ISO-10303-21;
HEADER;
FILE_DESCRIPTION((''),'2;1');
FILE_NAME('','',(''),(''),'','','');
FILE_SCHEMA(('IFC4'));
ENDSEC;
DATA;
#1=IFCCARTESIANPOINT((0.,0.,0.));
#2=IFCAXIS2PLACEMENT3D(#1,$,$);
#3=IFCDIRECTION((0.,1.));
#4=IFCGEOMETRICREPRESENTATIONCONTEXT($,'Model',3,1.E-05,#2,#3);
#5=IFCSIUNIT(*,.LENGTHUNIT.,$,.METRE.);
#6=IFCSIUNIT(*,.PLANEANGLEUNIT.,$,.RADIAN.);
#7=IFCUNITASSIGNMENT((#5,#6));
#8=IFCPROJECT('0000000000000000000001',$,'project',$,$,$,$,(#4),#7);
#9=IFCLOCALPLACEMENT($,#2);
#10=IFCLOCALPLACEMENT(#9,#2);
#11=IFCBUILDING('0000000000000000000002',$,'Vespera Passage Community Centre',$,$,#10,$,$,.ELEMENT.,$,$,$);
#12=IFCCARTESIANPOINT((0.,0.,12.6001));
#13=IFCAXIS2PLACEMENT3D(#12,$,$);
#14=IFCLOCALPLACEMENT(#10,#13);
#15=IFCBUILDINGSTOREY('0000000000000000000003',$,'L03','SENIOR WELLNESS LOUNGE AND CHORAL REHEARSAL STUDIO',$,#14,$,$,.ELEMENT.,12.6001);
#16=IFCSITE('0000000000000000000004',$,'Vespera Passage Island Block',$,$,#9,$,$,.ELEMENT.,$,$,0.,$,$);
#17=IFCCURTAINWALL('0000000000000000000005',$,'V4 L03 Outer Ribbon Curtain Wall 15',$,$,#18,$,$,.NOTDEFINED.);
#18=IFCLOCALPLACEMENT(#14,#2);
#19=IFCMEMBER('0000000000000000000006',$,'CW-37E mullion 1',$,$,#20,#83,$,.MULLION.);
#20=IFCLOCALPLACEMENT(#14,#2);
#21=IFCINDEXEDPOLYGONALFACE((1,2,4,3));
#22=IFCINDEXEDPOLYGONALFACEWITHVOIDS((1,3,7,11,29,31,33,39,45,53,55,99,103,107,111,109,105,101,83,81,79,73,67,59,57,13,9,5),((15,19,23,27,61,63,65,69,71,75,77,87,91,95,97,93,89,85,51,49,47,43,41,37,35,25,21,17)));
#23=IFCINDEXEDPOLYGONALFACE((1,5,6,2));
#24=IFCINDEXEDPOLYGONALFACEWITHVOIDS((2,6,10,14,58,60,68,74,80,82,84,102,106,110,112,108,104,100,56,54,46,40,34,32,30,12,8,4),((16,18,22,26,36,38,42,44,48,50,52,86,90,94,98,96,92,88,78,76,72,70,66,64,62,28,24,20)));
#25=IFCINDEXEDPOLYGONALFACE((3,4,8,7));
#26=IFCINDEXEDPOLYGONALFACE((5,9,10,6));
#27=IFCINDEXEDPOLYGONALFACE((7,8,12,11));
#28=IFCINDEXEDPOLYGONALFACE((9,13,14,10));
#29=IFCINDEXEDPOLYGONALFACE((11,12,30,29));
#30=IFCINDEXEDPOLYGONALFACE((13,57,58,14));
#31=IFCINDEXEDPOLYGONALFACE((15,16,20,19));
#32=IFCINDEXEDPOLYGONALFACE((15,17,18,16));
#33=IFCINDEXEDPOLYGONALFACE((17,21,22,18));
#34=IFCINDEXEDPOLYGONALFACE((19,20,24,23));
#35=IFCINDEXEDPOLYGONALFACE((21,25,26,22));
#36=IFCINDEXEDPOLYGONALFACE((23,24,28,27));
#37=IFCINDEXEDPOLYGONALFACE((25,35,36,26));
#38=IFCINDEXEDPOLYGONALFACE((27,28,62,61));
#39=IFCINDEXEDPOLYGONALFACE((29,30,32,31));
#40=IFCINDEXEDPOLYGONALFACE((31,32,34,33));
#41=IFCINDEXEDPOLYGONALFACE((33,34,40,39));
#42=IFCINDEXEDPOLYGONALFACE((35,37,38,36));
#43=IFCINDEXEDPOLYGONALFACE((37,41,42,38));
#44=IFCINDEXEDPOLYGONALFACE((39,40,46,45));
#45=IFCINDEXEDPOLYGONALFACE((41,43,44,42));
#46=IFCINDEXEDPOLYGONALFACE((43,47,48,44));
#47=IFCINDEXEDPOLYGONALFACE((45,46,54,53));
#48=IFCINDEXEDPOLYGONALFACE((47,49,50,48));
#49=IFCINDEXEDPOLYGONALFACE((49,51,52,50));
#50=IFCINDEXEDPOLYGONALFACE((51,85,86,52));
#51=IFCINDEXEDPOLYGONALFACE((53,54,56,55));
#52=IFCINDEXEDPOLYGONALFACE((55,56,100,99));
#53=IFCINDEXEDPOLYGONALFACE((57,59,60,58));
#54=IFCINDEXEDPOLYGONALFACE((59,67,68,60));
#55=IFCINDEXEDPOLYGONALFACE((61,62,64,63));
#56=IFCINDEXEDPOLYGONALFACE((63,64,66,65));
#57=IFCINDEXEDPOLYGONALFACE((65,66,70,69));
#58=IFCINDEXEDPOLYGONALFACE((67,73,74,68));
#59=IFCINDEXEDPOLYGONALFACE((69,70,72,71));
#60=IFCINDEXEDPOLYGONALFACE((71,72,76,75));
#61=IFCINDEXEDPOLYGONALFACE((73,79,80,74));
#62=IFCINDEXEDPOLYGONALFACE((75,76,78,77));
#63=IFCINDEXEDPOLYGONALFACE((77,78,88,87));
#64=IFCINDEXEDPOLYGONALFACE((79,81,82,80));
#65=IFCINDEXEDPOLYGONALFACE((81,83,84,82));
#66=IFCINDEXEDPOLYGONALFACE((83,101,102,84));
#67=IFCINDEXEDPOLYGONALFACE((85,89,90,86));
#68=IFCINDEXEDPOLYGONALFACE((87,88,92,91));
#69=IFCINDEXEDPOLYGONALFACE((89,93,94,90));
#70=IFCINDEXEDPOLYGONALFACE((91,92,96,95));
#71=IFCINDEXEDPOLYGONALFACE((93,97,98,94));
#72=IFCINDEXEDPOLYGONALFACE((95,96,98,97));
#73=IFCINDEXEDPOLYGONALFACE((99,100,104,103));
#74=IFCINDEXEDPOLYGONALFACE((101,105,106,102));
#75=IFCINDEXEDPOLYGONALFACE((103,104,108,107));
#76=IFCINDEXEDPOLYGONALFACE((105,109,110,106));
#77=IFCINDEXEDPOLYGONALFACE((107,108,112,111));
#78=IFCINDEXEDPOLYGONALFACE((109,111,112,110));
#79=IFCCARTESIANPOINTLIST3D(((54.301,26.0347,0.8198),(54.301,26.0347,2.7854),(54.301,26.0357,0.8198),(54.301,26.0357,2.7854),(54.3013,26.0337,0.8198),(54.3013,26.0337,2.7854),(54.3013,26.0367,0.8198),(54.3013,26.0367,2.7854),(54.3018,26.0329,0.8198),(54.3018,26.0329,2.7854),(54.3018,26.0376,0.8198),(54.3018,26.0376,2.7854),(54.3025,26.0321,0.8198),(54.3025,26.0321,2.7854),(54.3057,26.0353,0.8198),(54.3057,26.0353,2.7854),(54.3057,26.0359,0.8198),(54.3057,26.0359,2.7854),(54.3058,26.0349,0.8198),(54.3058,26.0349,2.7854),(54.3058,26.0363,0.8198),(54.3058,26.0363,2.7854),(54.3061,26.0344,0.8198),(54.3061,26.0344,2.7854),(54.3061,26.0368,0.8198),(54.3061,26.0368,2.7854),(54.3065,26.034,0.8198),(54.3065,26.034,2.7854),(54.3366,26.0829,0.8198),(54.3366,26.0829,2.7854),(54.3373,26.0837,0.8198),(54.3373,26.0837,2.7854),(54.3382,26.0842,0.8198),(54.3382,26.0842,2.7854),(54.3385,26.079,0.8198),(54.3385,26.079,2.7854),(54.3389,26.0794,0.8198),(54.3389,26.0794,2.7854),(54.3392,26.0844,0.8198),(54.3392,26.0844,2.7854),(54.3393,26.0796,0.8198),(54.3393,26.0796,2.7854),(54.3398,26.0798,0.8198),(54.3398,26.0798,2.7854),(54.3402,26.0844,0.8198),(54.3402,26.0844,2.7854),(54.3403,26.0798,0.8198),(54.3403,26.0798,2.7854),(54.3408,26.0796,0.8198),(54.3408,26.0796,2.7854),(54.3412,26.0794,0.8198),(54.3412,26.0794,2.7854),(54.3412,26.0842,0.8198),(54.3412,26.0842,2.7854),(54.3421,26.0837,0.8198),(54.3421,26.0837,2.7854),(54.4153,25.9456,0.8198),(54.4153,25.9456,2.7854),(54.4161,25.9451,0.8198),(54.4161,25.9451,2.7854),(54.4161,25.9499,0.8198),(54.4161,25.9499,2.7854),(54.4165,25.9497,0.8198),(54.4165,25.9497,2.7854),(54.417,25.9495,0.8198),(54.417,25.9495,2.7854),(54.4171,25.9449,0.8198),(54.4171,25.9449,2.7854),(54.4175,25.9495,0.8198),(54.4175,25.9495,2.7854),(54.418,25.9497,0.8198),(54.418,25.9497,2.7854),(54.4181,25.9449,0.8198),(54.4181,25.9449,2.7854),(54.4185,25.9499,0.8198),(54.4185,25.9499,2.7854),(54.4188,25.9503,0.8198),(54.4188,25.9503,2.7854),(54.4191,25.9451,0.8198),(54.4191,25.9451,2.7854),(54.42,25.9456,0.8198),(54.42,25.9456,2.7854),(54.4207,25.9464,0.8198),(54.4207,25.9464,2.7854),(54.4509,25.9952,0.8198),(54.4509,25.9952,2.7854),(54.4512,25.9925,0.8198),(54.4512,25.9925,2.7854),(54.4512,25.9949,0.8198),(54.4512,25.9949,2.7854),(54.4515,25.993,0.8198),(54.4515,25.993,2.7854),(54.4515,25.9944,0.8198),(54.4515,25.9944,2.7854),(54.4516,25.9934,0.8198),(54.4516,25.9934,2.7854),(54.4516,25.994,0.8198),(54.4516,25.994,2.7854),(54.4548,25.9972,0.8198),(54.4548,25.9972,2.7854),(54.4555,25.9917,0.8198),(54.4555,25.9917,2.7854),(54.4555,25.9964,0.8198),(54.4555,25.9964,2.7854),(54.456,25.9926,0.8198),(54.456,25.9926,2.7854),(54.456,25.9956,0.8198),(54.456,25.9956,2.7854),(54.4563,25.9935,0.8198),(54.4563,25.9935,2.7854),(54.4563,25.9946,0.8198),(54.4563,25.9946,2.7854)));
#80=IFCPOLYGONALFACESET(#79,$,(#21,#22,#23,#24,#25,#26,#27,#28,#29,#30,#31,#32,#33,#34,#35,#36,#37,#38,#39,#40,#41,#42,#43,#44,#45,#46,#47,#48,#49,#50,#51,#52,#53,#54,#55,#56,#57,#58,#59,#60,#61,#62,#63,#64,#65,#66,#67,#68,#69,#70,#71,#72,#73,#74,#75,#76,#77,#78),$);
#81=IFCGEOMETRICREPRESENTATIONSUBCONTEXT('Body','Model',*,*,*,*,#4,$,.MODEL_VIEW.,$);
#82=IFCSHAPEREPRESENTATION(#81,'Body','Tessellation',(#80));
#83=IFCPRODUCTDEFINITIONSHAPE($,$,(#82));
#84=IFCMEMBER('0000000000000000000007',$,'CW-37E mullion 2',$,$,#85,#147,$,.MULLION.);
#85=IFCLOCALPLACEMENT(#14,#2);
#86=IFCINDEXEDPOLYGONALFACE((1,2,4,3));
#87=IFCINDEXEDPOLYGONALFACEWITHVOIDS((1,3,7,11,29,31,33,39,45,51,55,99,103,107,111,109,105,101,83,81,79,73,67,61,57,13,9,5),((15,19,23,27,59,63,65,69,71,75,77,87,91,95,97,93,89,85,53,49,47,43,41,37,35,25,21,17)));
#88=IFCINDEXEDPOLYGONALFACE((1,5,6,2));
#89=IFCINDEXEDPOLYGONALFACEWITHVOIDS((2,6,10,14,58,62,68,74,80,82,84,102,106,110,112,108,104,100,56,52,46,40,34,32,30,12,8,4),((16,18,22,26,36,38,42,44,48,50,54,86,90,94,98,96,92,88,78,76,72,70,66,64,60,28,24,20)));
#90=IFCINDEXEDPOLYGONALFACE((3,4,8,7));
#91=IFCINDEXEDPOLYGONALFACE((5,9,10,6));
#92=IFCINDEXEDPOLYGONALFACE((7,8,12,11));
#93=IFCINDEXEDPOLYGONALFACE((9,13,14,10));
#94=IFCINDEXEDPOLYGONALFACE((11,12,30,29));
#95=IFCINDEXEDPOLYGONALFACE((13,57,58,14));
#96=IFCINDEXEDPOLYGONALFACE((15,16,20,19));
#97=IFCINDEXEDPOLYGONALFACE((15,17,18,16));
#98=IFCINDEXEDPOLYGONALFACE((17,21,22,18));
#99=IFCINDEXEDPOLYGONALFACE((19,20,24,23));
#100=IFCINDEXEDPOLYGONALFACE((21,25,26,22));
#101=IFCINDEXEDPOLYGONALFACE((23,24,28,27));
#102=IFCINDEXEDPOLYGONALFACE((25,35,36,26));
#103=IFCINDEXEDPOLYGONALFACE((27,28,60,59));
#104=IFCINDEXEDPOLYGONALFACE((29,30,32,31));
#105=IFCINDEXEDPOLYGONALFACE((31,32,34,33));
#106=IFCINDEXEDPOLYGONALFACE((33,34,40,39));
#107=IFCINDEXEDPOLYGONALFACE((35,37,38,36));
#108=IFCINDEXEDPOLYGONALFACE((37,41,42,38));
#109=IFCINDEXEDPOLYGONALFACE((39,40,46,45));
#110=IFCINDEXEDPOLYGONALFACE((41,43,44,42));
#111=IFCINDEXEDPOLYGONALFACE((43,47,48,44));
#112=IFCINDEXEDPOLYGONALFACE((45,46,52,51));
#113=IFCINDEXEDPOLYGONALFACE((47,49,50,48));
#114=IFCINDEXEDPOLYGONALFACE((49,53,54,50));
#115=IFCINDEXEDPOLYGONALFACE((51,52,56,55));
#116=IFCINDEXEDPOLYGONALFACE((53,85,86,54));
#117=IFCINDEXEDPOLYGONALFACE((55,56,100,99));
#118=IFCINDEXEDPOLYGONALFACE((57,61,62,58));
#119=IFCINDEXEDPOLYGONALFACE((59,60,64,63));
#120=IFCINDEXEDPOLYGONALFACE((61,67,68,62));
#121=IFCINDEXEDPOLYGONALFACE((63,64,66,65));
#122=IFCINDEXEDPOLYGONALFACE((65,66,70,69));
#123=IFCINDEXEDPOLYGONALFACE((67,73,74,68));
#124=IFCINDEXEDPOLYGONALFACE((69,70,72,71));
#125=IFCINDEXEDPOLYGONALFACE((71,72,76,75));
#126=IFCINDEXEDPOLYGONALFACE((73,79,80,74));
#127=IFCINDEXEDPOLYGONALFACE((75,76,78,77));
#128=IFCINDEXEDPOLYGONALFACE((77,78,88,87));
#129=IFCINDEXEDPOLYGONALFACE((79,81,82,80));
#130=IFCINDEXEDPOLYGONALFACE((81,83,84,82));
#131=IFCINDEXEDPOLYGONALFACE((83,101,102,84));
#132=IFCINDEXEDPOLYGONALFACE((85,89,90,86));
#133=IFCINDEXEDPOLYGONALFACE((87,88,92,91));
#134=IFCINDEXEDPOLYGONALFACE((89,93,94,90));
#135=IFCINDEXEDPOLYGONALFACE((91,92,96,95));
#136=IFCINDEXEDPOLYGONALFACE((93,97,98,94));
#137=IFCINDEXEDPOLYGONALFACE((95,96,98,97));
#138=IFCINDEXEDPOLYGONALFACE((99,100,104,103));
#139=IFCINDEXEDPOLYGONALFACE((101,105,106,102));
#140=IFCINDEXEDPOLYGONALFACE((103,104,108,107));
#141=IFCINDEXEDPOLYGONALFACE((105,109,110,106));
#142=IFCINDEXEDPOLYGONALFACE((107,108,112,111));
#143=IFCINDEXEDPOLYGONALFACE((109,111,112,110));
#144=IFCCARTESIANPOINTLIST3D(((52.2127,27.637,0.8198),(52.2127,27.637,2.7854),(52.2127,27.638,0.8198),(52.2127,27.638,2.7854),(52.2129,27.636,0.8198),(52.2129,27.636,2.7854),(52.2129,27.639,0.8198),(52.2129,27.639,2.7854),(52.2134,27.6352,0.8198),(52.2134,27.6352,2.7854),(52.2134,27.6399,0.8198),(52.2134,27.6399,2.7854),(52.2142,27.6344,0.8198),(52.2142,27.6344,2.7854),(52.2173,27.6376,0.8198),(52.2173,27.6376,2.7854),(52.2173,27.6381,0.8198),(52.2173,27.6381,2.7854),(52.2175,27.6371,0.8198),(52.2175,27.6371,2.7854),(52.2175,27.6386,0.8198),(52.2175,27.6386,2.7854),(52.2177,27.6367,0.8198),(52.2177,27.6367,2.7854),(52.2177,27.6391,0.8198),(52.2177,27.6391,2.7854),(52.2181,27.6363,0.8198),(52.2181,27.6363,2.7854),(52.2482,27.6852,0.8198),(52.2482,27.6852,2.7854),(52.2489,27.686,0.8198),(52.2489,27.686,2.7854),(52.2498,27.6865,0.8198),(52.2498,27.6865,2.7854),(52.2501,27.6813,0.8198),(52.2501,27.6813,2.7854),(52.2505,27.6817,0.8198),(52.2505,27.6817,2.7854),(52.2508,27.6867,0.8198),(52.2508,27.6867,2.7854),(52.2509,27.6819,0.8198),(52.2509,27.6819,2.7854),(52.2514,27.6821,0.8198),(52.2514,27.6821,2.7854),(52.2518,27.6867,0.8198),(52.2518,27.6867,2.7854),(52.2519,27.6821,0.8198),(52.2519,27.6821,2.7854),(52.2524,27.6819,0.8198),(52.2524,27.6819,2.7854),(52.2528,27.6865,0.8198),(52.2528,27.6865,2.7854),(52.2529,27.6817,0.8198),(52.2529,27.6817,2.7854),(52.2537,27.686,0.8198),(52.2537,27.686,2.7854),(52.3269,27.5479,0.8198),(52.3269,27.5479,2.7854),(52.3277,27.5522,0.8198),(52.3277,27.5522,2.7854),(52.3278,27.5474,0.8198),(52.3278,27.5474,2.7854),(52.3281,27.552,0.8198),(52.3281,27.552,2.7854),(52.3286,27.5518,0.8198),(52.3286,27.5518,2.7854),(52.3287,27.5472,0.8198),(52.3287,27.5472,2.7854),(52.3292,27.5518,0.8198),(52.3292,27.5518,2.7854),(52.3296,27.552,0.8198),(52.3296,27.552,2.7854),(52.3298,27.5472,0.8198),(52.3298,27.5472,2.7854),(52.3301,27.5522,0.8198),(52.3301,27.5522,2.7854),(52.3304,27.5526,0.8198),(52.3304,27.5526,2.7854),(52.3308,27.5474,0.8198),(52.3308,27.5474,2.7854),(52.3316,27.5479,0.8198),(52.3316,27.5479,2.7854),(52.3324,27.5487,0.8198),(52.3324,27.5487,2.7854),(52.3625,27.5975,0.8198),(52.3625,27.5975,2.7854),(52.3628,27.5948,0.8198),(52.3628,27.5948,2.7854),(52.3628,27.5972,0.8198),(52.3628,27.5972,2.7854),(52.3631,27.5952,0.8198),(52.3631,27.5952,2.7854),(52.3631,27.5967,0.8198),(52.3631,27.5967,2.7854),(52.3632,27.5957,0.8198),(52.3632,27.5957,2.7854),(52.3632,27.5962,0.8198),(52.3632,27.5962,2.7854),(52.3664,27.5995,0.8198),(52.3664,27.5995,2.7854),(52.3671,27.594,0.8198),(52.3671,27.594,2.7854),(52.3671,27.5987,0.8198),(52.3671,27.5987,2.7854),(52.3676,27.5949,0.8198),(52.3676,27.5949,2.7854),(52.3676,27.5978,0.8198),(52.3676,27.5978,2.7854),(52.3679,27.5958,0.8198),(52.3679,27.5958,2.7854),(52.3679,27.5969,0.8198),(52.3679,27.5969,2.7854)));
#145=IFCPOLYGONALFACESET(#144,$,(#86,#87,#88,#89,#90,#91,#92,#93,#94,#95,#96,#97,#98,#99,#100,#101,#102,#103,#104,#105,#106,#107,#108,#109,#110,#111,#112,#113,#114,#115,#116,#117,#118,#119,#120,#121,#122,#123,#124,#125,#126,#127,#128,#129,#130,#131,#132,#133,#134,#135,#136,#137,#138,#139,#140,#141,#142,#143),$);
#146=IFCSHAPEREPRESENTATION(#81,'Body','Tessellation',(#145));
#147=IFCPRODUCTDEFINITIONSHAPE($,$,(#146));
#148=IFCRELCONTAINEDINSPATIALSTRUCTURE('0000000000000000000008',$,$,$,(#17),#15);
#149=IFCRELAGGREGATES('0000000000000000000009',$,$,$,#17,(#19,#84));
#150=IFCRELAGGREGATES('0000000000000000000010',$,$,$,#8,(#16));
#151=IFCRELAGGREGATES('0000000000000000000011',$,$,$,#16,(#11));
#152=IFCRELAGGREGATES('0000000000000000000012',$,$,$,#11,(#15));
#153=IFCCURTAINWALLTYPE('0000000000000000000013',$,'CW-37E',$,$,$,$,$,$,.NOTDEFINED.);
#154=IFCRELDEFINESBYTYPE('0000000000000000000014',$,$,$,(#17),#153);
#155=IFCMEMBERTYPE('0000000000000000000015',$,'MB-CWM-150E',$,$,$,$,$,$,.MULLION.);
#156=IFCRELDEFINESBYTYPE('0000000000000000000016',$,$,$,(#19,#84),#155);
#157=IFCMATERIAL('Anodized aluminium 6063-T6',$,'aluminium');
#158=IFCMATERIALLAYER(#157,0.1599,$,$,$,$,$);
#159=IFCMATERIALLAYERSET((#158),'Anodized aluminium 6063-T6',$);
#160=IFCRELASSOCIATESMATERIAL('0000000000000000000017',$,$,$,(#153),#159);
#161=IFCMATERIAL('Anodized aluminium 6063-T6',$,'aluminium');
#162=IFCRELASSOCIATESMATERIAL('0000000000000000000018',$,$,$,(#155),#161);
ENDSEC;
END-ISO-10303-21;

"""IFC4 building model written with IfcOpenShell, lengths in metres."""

from ifc_helpers import new_model, si_unit, direction, frame, origin, origin_2d, place, context, subcontext, project, spatial, hollow_rectangle, extrude, material, layer, layer_set, material_profile, profile_set, type_object, element, aggregate, save


model = new_model("IFC4")

# Units and contexts
model_context = context("Model", 3, precision=1e-05, world=origin(), true_north=direction((0.0, 1.0)))
body_context = subcontext(model_context, "Body", "Model", "MODEL_VIEW")
ifc_project = project(units=[si_unit("LENGTHUNIT", "METRE"), si_unit("PLANEANGLEUNIT", "RADIAN")], contexts=[model_context])

# Site, building, storey
site_placement = place(None, origin())
site = spatial("IfcSite", under=ifc_project, at=site_placement, Name="Vespera Passage Island Block", CompositionType="ELEMENT", RefElevation=0.0)
building_placement = place(site_placement, origin())
building = spatial("IfcBuilding", under=site, at=building_placement, Name="Vespera Passage Community Centre", CompositionType="ELEMENT")
storey_placement = place(building_placement, frame((0.0, 0.0, 12.6001)))
storey = spatial("IfcBuildingStorey", under=building, at=storey_placement, Name="L03", Description="SENIOR WELLNESS LOUNGE AND CHORAL REHEARSAL STUDIO", CompositionType="ELEMENT", Elevation=12.6001)

# Curtain wall, members
ifc_material_1 = material(Name="Anodized aluminium 6063-T6", Category="aluminium")
ifc_layer_1 = layer(ifc_material_1, 0.1599)
ifc_layer_set_1 = layer_set([ifc_layer_1], Name="Anodized aluminium 6063-T6")
curtain_wall_type = type_object("IfcCurtainWallType", Name="CW-37E", PredefinedType="NOTDEFINED", material=ifc_layer_set_1)
curtain_wall_placement = place(storey_placement, origin())
curtain_wall = element("IfcCurtainWall", 1, at=curtain_wall_placement, inside=storey, type_object=curtain_wall_type, Name="V4 L03 Outer Ribbon Curtain Wall 15", PredefinedType="NOTDEFINED")
ifc_material_2 = material(Name="Anodized aluminium 6063-T6", Category="aluminium")
ifc_material_profile_1 = material_profile(ifc_material_2, hollow_rectangle(XDim=0.0649, YDim=0.1499, WallThickness=0.0039, InnerFilletRadius=0.002, OuterFilletRadius=0.0039, at=origin_2d()), Name="ALU150X65X4")
ifc_profile_set_1 = profile_set([ifc_material_profile_1], Name="Anodized aluminium 6063-T6")
member_type_1 = type_object("IfcMemberType", Name="MB-CWM-150E", PredefinedType="MULLION", material=ifc_profile_set_1)
member_1_placement = place(storey_placement, frame((54.3787, 26.0146, 0.8198), z_axis=(0.0, 0.0, 1.0), x_axis=(-0.608772, -0.793345, 0.0)))
member_1 = element("IfcMember", 2, at=member_1_placement, type_object=member_type_1, Name="CW-37E mullion 1", PredefinedType="MULLION", context=body_context, shape_type="SweptSolid", body=[
    extrude(hollow_rectangle(XDim=0.0649, YDim=0.1499, WallThickness=0.0039, InnerFilletRadius=0.002, OuterFilletRadius=0.0039, at=origin_2d()), origin(), (0.0, 0.0, 1.0), 1.9656),
])
member_2_placement = place(storey_placement, frame((52.2903, 27.6169, 0.8198), z_axis=(0.0, 0.0, 1.0), x_axis=(-0.608772, -0.793345, 0.0)))
member_2 = element("IfcMember", 3, at=member_2_placement, type_object=member_type_1, Name="CW-37E mullion 2", PredefinedType="MULLION", context=body_context, shape_type="SweptSolid", body=[
    extrude(hollow_rectangle(XDim=0.0649, YDim=0.1499, WallThickness=0.0039, InnerFilletRadius=0.002, OuterFilletRadius=0.0039, at=origin_2d()), origin(), (0.0, 0.0, 1.0), 1.9656),
])
aggregate(curtain_wall, [member_1, member_2])

save(model, "model.ifc")
